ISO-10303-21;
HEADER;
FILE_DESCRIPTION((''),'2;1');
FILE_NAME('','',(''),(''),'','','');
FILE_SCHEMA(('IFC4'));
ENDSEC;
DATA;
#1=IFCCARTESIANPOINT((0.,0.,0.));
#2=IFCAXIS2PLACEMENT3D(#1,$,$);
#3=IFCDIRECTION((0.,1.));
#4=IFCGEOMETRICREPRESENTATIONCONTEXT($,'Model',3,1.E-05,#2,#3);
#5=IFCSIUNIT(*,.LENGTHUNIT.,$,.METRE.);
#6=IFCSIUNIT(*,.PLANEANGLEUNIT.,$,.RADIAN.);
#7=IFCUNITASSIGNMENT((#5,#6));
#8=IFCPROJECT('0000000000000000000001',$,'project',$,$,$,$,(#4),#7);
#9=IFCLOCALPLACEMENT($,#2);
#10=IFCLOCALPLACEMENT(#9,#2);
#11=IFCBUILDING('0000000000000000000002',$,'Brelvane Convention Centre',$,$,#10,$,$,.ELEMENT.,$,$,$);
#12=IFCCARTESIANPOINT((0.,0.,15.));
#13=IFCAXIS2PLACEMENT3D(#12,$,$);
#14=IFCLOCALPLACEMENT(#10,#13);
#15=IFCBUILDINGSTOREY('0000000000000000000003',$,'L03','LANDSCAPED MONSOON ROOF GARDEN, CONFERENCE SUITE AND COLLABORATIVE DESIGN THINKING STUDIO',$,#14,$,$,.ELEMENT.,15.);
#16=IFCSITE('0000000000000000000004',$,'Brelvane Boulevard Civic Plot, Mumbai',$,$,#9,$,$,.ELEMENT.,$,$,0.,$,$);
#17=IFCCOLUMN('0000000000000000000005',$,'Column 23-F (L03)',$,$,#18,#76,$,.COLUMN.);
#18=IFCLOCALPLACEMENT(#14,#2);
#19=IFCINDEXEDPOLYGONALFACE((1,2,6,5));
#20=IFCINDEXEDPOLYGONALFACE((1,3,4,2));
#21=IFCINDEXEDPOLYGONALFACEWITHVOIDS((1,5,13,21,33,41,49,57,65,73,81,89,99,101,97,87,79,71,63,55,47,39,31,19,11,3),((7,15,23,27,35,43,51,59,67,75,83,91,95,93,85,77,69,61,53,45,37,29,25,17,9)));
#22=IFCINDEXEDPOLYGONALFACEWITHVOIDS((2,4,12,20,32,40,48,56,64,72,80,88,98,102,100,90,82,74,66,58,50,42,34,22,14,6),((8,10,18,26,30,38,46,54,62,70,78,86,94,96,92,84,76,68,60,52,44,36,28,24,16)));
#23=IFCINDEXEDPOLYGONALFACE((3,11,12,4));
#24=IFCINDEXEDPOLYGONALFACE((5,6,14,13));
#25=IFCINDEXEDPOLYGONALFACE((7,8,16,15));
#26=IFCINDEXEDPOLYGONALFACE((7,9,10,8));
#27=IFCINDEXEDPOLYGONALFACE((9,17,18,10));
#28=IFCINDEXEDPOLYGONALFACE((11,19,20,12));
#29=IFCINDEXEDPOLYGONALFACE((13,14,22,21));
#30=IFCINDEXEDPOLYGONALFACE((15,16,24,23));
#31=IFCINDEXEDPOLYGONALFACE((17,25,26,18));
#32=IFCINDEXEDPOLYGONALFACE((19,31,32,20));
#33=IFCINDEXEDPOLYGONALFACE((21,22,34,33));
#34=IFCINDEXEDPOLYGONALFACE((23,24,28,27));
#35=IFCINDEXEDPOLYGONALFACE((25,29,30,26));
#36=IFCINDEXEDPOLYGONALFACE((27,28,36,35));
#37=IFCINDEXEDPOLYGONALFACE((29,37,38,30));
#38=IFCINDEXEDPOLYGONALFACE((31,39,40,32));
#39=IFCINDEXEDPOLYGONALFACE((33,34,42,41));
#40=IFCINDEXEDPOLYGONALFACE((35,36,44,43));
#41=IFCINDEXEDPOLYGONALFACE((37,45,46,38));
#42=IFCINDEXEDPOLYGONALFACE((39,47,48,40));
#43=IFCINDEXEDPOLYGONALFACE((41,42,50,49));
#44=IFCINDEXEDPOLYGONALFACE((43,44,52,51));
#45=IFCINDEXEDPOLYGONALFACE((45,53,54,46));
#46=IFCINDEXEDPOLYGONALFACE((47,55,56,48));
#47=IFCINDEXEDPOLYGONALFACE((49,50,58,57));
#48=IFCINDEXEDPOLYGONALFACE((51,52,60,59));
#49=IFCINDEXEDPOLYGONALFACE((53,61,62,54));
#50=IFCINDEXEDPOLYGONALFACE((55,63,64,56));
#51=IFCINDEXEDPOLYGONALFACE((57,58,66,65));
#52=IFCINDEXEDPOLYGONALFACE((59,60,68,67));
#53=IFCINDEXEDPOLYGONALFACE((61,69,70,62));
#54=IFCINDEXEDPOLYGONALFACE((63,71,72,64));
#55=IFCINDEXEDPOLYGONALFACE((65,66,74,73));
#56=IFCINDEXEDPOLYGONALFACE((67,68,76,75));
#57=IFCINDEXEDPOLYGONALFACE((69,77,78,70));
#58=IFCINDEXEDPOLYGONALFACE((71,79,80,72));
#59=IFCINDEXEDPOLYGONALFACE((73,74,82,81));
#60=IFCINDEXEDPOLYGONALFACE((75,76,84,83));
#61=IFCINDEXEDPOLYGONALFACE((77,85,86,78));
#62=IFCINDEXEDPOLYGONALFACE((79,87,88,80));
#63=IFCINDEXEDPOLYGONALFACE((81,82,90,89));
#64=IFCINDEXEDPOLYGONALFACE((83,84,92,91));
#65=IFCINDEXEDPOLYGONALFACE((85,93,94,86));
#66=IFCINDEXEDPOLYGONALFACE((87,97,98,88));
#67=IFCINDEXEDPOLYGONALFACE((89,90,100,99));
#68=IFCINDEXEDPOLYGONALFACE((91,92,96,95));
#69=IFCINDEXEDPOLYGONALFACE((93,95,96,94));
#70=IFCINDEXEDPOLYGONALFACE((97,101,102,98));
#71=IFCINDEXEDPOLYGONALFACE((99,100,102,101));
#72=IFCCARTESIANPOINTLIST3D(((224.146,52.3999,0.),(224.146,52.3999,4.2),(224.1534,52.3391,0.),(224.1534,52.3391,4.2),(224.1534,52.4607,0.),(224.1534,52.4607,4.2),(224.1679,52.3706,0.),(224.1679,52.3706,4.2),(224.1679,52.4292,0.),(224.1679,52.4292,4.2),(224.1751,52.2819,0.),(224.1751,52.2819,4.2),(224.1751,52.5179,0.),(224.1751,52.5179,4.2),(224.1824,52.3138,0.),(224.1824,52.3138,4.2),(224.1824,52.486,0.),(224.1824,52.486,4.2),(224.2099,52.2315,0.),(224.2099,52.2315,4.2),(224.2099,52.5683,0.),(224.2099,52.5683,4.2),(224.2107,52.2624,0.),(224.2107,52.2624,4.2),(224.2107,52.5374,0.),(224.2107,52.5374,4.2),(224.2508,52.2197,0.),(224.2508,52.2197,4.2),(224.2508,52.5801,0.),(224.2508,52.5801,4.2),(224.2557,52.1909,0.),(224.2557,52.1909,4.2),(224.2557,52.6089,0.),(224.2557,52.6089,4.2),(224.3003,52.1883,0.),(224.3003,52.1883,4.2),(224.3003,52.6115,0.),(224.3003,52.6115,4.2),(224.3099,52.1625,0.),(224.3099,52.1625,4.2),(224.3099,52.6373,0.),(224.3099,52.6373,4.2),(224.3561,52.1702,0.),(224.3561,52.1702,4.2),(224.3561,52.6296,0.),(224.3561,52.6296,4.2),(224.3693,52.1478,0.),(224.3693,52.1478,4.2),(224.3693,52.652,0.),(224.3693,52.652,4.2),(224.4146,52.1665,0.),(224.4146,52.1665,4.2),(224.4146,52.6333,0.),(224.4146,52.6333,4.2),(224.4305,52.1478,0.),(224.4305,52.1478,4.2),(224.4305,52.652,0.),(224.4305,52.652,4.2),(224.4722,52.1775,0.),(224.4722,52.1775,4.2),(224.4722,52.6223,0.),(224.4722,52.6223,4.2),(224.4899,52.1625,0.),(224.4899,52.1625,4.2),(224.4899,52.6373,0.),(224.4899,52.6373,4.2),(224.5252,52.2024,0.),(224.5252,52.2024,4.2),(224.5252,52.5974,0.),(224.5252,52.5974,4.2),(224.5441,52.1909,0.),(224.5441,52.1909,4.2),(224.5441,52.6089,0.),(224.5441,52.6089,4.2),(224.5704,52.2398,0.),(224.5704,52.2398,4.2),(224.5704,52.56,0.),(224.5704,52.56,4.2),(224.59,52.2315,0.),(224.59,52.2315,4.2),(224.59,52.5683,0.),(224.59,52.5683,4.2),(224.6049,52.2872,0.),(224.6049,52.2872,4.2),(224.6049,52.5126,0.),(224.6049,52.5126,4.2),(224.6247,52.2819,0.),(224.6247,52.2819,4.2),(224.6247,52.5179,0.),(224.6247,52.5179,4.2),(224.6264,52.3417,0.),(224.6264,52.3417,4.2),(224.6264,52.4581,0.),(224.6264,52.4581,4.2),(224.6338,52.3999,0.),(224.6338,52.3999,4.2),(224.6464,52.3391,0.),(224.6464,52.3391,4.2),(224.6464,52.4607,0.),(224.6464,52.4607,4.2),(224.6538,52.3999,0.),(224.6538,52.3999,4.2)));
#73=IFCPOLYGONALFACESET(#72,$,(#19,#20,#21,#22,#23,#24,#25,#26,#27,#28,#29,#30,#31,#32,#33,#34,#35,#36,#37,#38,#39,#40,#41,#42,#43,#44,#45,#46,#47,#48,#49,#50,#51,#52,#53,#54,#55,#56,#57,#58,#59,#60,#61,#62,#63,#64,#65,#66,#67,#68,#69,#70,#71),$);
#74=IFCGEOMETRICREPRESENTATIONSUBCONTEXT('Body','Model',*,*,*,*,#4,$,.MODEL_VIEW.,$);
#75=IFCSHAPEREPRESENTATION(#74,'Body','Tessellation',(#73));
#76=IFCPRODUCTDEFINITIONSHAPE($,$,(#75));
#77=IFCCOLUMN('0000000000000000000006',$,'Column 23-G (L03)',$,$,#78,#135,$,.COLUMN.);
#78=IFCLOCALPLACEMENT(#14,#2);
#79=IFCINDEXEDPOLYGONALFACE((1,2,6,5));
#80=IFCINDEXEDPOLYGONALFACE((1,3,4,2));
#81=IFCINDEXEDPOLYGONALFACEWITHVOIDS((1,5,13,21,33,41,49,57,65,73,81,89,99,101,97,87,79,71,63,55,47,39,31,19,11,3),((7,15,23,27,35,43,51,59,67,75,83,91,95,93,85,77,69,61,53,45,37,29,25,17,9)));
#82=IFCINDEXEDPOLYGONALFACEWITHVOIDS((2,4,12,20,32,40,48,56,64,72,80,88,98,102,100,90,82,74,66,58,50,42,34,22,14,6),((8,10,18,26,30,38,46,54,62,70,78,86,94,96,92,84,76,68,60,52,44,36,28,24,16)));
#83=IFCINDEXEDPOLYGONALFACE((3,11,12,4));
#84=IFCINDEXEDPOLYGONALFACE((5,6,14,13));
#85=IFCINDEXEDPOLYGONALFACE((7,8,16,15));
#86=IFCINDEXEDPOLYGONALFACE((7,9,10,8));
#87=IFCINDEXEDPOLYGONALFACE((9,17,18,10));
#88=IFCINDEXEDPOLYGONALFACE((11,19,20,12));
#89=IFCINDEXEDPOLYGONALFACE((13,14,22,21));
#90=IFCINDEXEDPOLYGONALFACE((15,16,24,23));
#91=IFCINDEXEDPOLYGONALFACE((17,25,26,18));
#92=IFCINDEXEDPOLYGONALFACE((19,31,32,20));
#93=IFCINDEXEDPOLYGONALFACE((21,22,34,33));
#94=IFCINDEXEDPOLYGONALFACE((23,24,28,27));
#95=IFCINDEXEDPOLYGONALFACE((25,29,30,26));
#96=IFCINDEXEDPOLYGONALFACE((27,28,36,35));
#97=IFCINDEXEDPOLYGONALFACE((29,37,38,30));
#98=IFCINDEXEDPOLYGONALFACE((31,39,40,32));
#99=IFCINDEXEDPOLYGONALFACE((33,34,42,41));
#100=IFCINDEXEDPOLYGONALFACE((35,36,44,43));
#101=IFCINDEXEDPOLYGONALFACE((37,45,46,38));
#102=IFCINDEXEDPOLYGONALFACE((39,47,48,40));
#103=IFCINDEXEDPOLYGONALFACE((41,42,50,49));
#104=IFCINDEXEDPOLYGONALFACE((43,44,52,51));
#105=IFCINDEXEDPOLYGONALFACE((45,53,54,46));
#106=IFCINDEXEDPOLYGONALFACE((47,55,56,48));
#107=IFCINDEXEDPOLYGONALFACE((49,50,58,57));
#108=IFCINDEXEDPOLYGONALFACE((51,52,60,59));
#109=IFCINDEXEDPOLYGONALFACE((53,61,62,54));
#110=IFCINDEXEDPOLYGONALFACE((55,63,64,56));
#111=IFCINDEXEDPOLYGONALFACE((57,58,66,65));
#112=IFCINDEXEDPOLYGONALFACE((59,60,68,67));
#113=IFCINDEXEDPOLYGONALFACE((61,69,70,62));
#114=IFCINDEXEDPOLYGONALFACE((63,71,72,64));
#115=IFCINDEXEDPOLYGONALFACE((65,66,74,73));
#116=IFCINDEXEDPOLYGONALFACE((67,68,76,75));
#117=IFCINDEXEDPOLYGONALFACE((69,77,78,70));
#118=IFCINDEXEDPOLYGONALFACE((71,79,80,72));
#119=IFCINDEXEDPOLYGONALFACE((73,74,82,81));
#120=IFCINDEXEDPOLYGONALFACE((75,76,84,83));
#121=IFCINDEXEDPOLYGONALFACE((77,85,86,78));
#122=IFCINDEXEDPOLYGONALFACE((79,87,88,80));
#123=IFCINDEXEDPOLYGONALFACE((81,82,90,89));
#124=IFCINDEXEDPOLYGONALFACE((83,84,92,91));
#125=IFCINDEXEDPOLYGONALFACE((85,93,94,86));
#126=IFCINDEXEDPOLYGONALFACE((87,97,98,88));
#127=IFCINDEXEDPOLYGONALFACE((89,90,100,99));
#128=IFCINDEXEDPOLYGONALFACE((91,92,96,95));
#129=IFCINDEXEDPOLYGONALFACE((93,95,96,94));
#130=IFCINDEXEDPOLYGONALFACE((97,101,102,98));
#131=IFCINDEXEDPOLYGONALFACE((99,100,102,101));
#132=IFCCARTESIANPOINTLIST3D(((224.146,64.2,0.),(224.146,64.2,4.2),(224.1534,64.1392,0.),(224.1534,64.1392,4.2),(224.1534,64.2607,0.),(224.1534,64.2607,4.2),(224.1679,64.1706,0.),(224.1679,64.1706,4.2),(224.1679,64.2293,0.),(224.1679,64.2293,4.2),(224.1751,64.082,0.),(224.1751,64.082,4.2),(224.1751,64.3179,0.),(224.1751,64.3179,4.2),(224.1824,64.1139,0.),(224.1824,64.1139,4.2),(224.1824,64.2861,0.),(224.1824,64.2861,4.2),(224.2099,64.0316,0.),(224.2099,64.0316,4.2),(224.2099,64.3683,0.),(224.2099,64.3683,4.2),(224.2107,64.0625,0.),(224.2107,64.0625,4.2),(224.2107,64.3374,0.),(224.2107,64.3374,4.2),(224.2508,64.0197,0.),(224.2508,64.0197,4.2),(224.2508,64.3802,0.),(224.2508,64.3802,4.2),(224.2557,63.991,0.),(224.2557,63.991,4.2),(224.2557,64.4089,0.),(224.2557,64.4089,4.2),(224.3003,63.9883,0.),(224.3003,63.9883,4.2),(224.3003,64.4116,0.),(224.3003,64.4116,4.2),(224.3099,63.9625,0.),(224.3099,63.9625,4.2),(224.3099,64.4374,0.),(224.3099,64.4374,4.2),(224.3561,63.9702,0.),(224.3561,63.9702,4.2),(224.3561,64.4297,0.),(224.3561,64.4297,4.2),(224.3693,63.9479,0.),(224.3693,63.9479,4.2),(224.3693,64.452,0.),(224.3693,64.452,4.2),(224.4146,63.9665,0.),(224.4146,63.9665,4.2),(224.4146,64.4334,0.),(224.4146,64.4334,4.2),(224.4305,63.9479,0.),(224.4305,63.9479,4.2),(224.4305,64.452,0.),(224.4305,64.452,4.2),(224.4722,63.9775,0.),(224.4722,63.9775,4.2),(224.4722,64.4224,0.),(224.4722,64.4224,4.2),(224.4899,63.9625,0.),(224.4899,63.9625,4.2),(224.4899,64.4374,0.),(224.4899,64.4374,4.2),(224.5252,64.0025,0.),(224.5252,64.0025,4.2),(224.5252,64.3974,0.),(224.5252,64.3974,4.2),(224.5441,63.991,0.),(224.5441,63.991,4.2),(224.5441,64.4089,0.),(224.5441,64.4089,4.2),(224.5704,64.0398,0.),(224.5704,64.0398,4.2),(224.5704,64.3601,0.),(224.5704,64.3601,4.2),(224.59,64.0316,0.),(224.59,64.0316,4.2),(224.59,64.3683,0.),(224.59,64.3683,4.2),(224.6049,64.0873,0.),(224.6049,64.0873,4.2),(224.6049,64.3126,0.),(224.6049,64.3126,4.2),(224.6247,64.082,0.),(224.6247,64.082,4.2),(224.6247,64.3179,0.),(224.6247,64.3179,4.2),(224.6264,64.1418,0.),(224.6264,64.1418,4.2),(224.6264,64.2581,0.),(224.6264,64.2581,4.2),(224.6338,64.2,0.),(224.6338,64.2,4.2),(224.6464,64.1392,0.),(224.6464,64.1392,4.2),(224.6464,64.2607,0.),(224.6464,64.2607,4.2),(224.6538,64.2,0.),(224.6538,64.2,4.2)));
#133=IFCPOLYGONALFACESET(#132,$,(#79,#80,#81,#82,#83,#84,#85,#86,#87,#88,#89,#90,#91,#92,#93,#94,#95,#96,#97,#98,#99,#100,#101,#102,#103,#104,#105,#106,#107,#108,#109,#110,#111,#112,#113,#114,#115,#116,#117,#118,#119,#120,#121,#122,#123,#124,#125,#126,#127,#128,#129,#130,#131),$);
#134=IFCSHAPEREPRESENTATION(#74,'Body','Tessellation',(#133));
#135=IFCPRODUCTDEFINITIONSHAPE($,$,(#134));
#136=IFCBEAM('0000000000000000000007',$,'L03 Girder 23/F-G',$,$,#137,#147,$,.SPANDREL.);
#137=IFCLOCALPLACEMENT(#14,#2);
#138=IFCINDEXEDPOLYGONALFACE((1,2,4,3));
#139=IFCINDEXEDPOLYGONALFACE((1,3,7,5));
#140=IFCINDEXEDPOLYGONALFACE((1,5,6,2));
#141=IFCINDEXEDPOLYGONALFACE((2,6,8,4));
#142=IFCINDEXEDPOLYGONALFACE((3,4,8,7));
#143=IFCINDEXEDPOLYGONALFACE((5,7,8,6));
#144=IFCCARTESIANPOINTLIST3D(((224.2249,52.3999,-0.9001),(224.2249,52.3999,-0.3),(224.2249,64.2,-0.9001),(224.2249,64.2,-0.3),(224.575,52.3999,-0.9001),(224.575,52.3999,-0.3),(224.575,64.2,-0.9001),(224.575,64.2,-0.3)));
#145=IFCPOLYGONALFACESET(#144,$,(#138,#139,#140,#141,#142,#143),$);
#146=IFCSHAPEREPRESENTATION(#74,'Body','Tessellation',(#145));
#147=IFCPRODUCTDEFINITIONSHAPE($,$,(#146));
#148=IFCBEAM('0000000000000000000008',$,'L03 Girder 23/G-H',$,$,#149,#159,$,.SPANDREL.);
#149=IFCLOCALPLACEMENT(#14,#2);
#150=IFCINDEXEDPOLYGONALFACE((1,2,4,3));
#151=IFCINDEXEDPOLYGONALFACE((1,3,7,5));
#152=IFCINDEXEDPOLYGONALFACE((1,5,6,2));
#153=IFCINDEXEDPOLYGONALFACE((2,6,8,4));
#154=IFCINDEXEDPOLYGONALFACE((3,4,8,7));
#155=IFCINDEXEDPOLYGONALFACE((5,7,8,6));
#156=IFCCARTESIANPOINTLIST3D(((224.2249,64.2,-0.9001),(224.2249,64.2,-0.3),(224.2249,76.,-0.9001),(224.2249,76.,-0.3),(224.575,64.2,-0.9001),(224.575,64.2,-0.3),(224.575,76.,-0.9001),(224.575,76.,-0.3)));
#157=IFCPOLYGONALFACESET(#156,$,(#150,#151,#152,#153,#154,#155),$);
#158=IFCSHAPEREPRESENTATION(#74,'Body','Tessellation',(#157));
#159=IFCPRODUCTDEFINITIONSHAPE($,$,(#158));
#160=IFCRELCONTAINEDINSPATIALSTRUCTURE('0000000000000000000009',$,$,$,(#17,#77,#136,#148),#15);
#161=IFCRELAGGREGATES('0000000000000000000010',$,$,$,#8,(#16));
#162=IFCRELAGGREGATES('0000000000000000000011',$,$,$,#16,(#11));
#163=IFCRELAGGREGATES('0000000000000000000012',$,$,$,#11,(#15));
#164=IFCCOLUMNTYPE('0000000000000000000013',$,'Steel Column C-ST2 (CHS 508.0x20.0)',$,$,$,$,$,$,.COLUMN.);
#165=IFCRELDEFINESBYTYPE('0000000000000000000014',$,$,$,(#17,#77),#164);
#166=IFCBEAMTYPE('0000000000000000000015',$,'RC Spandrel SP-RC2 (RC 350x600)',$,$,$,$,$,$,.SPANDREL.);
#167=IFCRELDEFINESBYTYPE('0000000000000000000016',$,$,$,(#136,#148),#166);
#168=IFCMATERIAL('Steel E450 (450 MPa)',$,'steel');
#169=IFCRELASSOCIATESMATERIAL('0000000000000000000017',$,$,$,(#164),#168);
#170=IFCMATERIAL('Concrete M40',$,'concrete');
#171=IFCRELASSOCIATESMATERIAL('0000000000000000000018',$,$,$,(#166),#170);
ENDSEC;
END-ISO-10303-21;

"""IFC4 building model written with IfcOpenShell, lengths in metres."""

from ifc_helpers import new_model, si_unit, direction, frame, origin, origin_2d, place, context, subcontext, project, spatial, rectangle, hollow_circle, extrude, material, material_profile, profile_set, type_object, element, save


model = new_model("IFC4")

# Units and contexts
model_context = context("Model", 3, precision=1e-05, world=origin(), true_north=direction((0.0, 1.0)))
body_context = subcontext(model_context, "Body", "Model", "MODEL_VIEW")
ifc_project = project(units=[si_unit("LENGTHUNIT", "METRE"), si_unit("PLANEANGLEUNIT", "RADIAN")], contexts=[model_context])

# Site, building, storey
site_placement = place(None, origin())
site = spatial("IfcSite", under=ifc_project, at=site_placement, Name="Brelvane Boulevard Civic Plot, Mumbai", CompositionType="ELEMENT", RefElevation=0.0)
building_placement = place(site_placement, origin())
building = spatial("IfcBuilding", under=site, at=building_placement, Name="Brelvane Convention Centre", CompositionType="ELEMENT")
storey_placement = place(building_placement, frame((0.0, 0.0, 15.0)))
storey = spatial("IfcBuildingStorey", under=building, at=storey_placement, Name="L03", Description="LANDSCAPED MONSOON ROOF GARDEN, CONFERENCE SUITE AND COLLABORATIVE DESIGN THINKING STUDIO", CompositionType="ELEMENT", Elevation=15.0)

# Columns
ifc_material_1 = material(Name="Steel E450 (450 MPa)", Category="steel")
ifc_material_profile_1 = material_profile(ifc_material_1, hollow_circle(Radius=0.2539, WallThickness=0.02, at=origin_2d()), Name="CHS 508.0x20.0")
ifc_profile_set_1 = profile_set([ifc_material_profile_1], Name="Steel E450 (450 MPa)")
column_type = type_object("IfcColumnType", Name="Steel Column C-ST2 (CHS 508.0x20.0)", PredefinedType="COLUMN", material=ifc_profile_set_1)
for number, where, z_axis, x_axis, name in (
    (1, (224.3999, 52.3999, 0.0), (0.0, 0.0, 1.0), (1.0, 0.0, 0.0), "Column 23-F (L03)"),
    (2, (224.3999, 64.2, 0.0), (0.0, 0.0, 1.0), (1.0, 0.0, 0.0), "Column 23-G (L03)"),
):
    element("IfcColumn", number, at=place(storey_placement, frame(where, z_axis=z_axis, x_axis=x_axis)), inside=storey, type_object=column_type, Name=name, PredefinedType="COLUMN", context=body_context, shape_type="SweptSolid", body=[
        extrude(hollow_circle(Radius=0.2539, WallThickness=0.02, at=origin_2d()), origin(), (0.0, 0.0, 1.0), 4.2),
    ])

# Beams
ifc_material_2 = material(Name="Concrete M40", Category="concrete")
ifc_material_profile_2 = material_profile(ifc_material_2, rectangle(XDim=0.3501, YDim=0.6001, at=origin_2d()), Name="RC 350x600")
ifc_profile_set_2 = profile_set([ifc_material_profile_2], Name="Concrete M40")
beam_type_1 = type_object("IfcBeamType", Name="RC Spandrel SP-RC2 (RC 350x600)", PredefinedType="SPANDREL", material=ifc_profile_set_2)
for number, where, z_axis, x_axis, name in (
    (3, (224.3999, 52.3999, -0.6001), (0.0, 1.0, 0.0), (-1.0, 0.0, 0.0), "L03 Girder 23/F-G"),
    (4, (224.3999, 64.2, -0.6001), (0.0, 1.0, 0.0), (-1.0, 0.0, 0.0), "L03 Girder 23/G-H"),
):
    element("IfcBeam", number, at=place(storey_placement, frame(where, z_axis=z_axis, x_axis=x_axis)), inside=storey, type_object=beam_type_1, Name=name, PredefinedType="SPANDREL", context=body_context, shape_type="SweptSolid", body=[
        extrude(rectangle(XDim=0.3501, YDim=0.6001, at=origin_2d()), origin(), (0.0, 0.0, 1.0), 11.8),
    ])

save(model, "model.ifc")
